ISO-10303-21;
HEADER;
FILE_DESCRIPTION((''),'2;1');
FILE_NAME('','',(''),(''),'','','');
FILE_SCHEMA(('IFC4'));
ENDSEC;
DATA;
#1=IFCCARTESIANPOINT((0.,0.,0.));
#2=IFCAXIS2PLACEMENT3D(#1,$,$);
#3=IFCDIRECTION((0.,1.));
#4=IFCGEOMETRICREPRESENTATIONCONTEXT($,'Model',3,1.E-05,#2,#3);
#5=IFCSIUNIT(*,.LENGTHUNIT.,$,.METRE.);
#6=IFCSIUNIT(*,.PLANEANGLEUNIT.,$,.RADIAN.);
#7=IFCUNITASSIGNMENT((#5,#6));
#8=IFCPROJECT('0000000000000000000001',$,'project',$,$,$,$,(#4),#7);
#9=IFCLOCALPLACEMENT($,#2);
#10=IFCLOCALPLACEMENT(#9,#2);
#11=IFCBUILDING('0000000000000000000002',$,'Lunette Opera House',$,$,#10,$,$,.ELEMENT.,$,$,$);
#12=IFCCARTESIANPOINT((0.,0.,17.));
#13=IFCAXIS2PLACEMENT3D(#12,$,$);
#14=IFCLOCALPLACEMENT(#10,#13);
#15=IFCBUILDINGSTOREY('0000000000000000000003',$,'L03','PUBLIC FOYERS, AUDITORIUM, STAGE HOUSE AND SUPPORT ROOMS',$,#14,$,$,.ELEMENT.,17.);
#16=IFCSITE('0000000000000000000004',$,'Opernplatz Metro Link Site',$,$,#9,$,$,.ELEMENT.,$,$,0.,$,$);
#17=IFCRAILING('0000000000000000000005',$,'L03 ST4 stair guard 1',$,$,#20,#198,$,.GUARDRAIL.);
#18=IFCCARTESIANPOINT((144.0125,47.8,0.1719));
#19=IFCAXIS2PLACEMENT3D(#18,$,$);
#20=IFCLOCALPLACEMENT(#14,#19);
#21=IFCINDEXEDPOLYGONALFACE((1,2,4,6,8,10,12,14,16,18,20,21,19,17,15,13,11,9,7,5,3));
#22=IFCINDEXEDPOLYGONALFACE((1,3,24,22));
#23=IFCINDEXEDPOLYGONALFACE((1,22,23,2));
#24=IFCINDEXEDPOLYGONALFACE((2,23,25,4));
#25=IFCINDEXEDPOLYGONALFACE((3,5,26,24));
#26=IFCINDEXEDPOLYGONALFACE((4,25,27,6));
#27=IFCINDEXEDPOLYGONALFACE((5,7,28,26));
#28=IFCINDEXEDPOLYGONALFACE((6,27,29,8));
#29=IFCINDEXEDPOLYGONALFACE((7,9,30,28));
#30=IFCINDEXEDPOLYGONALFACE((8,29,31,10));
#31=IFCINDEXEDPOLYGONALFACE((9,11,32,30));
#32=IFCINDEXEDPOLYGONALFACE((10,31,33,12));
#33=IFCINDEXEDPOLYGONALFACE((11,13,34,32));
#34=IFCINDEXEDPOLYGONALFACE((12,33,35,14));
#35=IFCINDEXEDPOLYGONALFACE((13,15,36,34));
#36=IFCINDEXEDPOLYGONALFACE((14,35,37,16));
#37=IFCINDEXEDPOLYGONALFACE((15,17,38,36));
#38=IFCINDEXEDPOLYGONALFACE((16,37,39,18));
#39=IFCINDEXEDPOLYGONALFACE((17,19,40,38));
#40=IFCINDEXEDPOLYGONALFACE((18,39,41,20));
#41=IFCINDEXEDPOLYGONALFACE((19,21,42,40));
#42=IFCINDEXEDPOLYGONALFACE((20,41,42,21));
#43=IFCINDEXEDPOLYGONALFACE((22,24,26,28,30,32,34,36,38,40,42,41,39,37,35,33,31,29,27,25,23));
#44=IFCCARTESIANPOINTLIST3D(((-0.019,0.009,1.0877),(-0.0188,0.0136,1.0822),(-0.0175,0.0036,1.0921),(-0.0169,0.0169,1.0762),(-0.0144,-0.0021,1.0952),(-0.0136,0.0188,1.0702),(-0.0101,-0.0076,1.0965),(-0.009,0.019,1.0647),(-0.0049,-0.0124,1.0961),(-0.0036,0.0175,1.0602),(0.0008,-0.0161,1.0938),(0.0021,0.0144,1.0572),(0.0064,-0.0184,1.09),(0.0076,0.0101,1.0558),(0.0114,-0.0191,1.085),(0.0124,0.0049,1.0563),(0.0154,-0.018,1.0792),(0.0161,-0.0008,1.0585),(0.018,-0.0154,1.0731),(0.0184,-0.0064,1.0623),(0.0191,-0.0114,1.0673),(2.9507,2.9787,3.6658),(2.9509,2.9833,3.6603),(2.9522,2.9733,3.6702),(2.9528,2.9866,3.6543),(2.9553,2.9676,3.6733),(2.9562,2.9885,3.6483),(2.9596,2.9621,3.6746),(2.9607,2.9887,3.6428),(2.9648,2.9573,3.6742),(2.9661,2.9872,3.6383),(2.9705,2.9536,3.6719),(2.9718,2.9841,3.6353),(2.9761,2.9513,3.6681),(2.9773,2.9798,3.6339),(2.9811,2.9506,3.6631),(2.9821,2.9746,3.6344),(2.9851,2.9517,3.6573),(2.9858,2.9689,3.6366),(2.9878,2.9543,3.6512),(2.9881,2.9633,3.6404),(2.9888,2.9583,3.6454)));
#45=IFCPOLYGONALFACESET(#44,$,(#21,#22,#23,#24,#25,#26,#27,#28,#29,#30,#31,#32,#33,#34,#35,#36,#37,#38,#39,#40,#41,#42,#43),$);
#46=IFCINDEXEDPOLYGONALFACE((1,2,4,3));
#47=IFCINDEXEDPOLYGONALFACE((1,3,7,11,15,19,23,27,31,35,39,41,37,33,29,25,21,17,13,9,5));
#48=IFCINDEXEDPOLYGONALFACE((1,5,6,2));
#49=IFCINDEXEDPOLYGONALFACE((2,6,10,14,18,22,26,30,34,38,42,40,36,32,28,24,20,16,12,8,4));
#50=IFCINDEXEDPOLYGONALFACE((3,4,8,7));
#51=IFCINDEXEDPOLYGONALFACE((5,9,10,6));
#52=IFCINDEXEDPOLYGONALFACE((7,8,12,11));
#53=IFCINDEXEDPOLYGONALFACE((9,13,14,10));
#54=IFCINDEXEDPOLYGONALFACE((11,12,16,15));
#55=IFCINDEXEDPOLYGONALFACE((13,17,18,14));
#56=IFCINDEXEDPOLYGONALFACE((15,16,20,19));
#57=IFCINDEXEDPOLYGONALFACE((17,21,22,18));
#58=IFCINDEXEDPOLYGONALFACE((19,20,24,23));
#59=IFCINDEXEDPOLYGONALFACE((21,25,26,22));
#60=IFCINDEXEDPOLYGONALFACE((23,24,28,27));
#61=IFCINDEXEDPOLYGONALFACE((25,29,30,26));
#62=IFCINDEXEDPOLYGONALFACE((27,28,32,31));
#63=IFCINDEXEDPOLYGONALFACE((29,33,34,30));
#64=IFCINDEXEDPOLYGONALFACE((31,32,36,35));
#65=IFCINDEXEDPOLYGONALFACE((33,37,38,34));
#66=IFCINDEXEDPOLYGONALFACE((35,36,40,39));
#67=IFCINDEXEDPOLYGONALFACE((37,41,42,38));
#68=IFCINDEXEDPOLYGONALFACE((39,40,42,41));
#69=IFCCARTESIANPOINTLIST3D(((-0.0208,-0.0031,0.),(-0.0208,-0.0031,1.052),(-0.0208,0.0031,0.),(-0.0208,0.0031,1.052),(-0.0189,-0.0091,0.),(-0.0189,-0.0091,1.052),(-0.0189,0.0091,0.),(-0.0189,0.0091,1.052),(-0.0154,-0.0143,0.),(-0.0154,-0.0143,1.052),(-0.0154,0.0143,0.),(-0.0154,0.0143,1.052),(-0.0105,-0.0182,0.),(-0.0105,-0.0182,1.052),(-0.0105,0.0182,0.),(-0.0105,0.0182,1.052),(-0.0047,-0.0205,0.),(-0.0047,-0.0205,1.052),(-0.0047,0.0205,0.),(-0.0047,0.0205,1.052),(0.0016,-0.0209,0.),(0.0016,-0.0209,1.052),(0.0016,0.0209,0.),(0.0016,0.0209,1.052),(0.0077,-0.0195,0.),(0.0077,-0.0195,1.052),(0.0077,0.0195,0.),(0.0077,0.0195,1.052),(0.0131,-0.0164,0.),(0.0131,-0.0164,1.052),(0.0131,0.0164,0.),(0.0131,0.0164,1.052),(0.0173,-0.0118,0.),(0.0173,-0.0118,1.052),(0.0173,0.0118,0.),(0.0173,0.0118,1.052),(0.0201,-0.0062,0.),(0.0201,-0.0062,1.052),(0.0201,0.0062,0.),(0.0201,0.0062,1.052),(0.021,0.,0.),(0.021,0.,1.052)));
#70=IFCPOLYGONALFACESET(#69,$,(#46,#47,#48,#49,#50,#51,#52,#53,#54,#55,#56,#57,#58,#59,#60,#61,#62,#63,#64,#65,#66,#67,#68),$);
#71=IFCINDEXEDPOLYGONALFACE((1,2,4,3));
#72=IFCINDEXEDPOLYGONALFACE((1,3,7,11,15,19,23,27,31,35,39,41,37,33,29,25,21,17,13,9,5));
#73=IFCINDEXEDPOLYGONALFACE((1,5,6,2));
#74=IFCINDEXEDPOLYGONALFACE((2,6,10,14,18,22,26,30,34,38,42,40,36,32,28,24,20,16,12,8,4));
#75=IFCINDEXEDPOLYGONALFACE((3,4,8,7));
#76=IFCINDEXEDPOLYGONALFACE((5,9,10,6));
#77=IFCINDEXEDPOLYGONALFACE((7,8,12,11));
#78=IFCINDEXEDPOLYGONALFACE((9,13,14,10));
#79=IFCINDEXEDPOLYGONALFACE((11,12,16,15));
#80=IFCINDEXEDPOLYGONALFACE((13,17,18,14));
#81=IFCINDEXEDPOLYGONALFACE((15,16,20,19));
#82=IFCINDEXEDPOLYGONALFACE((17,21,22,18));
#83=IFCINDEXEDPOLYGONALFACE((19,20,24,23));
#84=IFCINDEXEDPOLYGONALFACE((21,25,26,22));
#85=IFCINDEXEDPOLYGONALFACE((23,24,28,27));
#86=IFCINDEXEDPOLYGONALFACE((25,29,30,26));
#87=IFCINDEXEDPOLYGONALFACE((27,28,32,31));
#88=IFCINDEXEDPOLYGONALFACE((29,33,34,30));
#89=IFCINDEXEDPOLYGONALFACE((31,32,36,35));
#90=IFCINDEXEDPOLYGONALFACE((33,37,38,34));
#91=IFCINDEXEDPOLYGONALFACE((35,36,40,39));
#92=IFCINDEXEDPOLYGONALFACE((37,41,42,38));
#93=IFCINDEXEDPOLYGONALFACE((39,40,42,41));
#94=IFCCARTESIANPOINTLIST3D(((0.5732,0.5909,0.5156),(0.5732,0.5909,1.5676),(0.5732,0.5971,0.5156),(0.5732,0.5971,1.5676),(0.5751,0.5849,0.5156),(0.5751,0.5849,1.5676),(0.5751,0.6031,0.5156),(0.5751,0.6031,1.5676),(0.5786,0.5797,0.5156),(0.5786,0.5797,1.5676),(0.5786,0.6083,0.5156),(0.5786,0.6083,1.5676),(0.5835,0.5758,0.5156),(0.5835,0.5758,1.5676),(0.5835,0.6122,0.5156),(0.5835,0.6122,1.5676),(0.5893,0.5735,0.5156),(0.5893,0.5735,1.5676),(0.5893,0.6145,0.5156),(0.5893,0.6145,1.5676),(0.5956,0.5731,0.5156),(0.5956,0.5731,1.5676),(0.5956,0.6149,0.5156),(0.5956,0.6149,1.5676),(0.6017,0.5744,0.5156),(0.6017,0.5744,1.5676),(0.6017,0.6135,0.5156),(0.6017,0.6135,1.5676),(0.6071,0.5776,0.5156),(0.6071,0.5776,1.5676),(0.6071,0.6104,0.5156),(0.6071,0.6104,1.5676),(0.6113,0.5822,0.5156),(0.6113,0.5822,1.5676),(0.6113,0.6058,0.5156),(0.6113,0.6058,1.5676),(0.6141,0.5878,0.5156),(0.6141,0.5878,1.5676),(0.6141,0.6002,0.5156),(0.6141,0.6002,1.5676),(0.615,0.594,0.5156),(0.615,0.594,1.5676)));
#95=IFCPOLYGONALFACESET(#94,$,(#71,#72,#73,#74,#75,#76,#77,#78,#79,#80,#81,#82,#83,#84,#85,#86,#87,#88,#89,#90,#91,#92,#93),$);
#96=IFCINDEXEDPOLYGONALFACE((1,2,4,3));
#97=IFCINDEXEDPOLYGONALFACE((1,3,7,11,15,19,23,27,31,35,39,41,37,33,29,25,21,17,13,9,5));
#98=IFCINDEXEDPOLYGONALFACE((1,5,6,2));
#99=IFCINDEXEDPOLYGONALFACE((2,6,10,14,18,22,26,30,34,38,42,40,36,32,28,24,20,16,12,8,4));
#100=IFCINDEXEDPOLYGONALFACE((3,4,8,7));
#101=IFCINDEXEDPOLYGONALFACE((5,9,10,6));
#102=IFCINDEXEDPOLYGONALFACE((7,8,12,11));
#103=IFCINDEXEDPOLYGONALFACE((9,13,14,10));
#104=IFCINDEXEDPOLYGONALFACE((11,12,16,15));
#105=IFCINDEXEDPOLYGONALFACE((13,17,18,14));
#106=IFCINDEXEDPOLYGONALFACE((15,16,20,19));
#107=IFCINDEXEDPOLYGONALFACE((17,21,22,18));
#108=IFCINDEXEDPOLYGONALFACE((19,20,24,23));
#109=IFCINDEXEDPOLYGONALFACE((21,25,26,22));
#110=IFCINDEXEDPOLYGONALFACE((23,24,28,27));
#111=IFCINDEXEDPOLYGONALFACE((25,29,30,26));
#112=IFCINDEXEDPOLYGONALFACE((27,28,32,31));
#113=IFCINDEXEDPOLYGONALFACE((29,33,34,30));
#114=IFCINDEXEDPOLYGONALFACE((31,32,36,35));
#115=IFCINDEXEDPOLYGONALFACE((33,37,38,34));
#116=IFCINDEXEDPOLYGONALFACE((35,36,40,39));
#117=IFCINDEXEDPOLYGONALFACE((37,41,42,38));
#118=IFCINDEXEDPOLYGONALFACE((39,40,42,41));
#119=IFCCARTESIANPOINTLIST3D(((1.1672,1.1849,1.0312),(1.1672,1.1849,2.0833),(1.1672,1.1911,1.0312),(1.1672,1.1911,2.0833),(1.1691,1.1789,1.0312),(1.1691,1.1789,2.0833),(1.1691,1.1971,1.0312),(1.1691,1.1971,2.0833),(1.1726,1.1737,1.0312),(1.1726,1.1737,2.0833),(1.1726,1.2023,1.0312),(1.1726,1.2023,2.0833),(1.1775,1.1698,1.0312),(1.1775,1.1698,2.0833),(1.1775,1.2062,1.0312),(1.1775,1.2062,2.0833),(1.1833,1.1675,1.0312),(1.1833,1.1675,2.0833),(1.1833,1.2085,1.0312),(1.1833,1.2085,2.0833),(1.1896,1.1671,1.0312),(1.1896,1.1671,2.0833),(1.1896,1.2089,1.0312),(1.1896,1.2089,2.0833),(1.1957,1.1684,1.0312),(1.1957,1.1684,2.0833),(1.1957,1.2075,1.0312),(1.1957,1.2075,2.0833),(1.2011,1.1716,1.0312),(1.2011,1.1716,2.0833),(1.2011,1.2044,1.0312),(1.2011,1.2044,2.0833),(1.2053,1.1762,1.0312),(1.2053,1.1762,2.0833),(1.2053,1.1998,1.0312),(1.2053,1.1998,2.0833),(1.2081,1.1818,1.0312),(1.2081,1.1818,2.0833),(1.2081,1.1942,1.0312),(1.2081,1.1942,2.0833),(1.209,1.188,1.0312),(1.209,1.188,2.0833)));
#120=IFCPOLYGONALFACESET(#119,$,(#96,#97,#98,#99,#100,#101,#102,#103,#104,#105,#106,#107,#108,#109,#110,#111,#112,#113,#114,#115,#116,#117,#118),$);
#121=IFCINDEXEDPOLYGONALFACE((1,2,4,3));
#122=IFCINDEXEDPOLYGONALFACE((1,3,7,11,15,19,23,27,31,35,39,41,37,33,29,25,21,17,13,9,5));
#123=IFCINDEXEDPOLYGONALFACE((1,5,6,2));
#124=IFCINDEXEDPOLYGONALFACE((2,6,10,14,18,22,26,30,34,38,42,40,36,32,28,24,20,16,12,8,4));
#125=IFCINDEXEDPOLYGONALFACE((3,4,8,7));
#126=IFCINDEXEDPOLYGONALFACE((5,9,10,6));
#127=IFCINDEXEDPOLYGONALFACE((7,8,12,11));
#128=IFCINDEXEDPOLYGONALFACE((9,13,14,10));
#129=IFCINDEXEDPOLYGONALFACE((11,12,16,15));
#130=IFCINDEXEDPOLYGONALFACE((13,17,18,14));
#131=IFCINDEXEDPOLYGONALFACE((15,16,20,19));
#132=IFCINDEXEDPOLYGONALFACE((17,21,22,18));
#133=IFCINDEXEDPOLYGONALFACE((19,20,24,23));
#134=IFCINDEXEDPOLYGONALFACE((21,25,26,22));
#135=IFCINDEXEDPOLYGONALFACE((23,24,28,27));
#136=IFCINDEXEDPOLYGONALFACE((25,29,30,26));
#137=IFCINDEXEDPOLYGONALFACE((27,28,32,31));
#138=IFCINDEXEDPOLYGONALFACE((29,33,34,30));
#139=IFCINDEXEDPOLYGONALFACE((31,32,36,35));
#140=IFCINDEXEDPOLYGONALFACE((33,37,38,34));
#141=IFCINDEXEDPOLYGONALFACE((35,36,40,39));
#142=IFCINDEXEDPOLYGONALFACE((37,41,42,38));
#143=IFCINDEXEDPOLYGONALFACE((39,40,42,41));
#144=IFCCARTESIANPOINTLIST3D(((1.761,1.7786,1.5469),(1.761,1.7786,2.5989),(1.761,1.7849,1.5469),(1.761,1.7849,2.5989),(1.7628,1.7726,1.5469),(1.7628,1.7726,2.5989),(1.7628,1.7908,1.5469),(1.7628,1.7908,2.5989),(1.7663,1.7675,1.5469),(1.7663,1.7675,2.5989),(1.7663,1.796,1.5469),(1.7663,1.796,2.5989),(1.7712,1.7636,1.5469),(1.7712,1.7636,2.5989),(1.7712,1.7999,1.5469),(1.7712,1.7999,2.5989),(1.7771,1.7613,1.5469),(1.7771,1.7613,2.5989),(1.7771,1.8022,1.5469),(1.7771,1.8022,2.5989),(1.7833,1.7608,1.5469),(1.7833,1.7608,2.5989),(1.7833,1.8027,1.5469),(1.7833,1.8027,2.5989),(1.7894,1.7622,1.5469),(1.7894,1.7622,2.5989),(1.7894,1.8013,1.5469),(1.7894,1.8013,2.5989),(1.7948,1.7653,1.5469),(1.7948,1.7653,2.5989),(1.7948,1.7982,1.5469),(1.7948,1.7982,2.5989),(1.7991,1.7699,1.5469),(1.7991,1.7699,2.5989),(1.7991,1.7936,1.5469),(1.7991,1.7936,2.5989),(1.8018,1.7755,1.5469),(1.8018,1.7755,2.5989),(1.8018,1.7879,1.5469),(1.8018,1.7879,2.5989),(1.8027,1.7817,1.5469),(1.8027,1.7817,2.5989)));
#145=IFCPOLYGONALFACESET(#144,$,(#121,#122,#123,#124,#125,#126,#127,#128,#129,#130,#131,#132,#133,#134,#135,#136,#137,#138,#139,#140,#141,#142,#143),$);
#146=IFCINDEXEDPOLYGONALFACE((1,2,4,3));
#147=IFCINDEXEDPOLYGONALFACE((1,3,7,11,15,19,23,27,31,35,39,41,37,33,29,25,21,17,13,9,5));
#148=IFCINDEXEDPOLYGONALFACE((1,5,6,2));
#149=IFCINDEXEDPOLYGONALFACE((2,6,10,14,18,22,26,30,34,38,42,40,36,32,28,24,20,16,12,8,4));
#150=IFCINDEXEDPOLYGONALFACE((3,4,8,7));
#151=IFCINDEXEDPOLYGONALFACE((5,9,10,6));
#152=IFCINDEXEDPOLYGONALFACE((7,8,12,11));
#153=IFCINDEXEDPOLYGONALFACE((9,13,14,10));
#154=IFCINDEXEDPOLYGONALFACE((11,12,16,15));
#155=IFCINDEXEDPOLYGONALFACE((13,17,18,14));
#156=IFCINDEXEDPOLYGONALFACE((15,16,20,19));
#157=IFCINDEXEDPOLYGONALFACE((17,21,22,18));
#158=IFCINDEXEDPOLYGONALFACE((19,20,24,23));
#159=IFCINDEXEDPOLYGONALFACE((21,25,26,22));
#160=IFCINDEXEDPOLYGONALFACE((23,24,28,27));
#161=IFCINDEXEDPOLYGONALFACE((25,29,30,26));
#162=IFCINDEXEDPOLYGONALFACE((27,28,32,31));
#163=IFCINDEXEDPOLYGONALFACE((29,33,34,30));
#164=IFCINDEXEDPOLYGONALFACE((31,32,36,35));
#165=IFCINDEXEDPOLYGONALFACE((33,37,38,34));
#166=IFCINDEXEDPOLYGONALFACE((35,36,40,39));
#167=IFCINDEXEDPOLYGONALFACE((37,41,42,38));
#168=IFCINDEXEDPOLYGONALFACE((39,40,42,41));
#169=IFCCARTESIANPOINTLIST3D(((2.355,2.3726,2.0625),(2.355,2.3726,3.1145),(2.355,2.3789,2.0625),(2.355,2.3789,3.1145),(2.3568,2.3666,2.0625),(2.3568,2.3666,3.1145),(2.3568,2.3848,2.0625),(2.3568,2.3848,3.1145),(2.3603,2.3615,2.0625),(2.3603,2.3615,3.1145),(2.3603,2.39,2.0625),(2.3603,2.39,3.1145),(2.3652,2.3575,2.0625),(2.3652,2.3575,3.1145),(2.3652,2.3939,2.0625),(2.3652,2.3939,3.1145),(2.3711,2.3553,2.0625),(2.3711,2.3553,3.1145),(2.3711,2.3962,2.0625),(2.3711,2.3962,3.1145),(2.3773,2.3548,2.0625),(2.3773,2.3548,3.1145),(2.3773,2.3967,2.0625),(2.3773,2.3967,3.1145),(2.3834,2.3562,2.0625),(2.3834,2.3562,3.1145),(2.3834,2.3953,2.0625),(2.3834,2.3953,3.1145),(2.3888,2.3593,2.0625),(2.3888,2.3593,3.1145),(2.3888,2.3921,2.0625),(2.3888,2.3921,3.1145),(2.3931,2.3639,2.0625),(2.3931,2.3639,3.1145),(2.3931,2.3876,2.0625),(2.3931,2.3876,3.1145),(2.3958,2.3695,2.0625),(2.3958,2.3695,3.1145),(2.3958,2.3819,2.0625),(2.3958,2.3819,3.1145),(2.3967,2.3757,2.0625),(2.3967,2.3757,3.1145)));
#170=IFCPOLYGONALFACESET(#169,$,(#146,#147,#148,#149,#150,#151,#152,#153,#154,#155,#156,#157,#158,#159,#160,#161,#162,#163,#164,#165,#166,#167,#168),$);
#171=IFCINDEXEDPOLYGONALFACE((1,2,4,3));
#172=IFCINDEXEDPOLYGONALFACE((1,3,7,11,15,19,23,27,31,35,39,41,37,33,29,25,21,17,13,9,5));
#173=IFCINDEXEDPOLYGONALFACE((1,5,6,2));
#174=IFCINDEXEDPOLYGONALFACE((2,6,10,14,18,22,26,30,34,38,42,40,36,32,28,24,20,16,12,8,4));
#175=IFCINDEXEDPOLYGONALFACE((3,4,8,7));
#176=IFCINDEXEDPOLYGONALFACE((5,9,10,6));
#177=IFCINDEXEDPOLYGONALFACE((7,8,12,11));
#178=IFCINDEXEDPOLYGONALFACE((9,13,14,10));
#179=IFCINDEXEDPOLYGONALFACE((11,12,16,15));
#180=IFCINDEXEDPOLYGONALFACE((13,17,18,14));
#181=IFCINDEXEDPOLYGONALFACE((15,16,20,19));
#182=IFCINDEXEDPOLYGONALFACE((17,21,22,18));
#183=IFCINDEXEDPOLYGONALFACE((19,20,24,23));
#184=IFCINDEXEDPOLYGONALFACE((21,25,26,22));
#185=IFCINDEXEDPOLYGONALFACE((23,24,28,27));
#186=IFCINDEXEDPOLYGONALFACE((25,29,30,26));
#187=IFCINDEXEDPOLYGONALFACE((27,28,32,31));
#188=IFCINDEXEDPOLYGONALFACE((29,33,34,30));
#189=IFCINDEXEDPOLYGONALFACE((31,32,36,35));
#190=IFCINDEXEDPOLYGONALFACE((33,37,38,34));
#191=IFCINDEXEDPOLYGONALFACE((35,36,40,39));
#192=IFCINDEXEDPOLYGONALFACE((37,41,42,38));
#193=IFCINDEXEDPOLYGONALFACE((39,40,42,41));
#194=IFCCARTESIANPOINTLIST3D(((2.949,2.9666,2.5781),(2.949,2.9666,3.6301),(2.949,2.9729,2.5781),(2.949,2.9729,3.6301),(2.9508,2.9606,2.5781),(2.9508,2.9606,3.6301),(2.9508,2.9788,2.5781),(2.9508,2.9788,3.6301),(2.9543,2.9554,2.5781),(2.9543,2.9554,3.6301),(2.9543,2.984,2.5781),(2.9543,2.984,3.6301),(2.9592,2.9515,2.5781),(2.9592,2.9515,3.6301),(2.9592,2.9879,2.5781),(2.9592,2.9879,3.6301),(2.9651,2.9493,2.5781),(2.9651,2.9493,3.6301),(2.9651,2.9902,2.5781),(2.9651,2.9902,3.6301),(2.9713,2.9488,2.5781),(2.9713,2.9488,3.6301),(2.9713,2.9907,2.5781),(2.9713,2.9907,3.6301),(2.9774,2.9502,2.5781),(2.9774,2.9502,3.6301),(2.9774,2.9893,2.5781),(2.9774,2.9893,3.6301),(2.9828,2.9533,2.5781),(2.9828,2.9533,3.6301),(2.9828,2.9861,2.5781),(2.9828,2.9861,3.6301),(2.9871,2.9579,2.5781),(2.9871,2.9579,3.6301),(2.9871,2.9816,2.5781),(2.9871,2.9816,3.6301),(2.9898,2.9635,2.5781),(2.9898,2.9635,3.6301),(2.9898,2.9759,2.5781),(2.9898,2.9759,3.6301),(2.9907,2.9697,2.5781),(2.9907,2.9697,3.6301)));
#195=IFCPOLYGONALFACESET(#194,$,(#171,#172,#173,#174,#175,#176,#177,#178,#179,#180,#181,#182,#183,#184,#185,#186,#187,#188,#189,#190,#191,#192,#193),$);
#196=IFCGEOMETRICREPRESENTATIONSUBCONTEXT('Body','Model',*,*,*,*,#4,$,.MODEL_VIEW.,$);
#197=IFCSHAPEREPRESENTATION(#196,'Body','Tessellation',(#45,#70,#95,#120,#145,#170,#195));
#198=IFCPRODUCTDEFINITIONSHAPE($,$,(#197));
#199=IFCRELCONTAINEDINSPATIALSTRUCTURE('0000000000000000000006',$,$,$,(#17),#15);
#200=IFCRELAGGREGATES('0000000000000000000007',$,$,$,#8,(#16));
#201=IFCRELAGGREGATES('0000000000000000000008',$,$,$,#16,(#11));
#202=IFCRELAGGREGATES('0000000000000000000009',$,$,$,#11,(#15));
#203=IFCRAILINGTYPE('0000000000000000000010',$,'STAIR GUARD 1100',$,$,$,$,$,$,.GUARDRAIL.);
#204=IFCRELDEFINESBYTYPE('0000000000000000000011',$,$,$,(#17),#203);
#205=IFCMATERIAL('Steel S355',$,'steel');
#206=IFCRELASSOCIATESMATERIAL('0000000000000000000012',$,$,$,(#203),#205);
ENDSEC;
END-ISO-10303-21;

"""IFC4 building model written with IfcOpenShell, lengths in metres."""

from ifc_helpers import new_model, si_unit, direction, frame, origin, origin_2d, place, context, subcontext, project, spatial, circle, extrude, material, type_object, element, save


model = new_model("IFC4")

# Units and contexts
model_context = context("Model", 3, precision=1e-05, world=origin(), true_north=direction((0.0, 1.0)))
body_context = subcontext(model_context, "Body", "Model", "MODEL_VIEW")
ifc_project = project(units=[si_unit("LENGTHUNIT", "METRE"), si_unit("PLANEANGLEUNIT", "RADIAN")], contexts=[model_context])

# Site, building, storey
site_placement = place(None, origin())
site = spatial("IfcSite", under=ifc_project, at=site_placement, Name="Opernplatz Metro Link Site", CompositionType="ELEMENT", RefElevation=0.0)
building_placement = place(site_placement, origin())
building = spatial("IfcBuilding", under=site, at=building_placement, Name="Lunette Opera House", CompositionType="ELEMENT")
storey_placement = place(building_placement, frame((0.0, 0.0, 17.0)))
storey = spatial("IfcBuildingStorey", under=building, at=storey_placement, Name="L03", Description="PUBLIC FOYERS, AUDITORIUM, STAGE HOUSE AND SUPPORT ROOMS", CompositionType="ELEMENT", Elevation=17.0)

# Railing
ifc_material_1 = material(Name="Steel S355", Category="steel")
railing_type_1 = type_object("IfcRailingType", Name="STAIR GUARD 1100", PredefinedType="GUARDRAIL", material=ifc_material_1)
railing_1_placement = place(storey_placement, frame((144.0125, 47.8, 0.1719)))
element("IfcRailing", 1, at=railing_1_placement, inside=storey, type_object=railing_type_1, Name="L03 ST4 stair guard 1", PredefinedType="GUARDRAIL", context=body_context, shape_type="SweptSolid", body=[
    extrude(circle(Radius=0.0239, at=origin_2d()), frame((0.0, 0.0, 1.0762), z_axis=(0.602622, 0.602622, 0.523157), x_axis=(-0.707107, 0.707107, 0.0)), (0.0, 0.0, 1.0), 4.928),
    extrude(circle(Radius=0.021, at=origin_2d()), origin(), (0.0, 0.0, 1.0), 1.052),
    extrude(circle(Radius=0.021, at=origin_2d()), frame((0.594, 0.594, 0.5156)), (0.0, 0.0, 1.0), 1.052),
    extrude(circle(Radius=0.021, at=origin_2d()), frame((1.188, 1.188, 1.0312)), (0.0, 0.0, 1.0), 1.052),
    extrude(circle(Radius=0.021, at=origin_2d()), frame((1.7817, 1.7817, 1.5469)), (0.0, 0.0, 1.0), 1.052),
    extrude(circle(Radius=0.021, at=origin_2d()), frame((2.3757, 2.3757, 2.0625)), (0.0, 0.0, 1.0), 1.052),
    extrude(circle(Radius=0.021, at=origin_2d()), frame((2.9697, 2.9697, 2.5781)), (0.0, 0.0, 1.0), 1.052),
])

save(model, "model.ifc")
